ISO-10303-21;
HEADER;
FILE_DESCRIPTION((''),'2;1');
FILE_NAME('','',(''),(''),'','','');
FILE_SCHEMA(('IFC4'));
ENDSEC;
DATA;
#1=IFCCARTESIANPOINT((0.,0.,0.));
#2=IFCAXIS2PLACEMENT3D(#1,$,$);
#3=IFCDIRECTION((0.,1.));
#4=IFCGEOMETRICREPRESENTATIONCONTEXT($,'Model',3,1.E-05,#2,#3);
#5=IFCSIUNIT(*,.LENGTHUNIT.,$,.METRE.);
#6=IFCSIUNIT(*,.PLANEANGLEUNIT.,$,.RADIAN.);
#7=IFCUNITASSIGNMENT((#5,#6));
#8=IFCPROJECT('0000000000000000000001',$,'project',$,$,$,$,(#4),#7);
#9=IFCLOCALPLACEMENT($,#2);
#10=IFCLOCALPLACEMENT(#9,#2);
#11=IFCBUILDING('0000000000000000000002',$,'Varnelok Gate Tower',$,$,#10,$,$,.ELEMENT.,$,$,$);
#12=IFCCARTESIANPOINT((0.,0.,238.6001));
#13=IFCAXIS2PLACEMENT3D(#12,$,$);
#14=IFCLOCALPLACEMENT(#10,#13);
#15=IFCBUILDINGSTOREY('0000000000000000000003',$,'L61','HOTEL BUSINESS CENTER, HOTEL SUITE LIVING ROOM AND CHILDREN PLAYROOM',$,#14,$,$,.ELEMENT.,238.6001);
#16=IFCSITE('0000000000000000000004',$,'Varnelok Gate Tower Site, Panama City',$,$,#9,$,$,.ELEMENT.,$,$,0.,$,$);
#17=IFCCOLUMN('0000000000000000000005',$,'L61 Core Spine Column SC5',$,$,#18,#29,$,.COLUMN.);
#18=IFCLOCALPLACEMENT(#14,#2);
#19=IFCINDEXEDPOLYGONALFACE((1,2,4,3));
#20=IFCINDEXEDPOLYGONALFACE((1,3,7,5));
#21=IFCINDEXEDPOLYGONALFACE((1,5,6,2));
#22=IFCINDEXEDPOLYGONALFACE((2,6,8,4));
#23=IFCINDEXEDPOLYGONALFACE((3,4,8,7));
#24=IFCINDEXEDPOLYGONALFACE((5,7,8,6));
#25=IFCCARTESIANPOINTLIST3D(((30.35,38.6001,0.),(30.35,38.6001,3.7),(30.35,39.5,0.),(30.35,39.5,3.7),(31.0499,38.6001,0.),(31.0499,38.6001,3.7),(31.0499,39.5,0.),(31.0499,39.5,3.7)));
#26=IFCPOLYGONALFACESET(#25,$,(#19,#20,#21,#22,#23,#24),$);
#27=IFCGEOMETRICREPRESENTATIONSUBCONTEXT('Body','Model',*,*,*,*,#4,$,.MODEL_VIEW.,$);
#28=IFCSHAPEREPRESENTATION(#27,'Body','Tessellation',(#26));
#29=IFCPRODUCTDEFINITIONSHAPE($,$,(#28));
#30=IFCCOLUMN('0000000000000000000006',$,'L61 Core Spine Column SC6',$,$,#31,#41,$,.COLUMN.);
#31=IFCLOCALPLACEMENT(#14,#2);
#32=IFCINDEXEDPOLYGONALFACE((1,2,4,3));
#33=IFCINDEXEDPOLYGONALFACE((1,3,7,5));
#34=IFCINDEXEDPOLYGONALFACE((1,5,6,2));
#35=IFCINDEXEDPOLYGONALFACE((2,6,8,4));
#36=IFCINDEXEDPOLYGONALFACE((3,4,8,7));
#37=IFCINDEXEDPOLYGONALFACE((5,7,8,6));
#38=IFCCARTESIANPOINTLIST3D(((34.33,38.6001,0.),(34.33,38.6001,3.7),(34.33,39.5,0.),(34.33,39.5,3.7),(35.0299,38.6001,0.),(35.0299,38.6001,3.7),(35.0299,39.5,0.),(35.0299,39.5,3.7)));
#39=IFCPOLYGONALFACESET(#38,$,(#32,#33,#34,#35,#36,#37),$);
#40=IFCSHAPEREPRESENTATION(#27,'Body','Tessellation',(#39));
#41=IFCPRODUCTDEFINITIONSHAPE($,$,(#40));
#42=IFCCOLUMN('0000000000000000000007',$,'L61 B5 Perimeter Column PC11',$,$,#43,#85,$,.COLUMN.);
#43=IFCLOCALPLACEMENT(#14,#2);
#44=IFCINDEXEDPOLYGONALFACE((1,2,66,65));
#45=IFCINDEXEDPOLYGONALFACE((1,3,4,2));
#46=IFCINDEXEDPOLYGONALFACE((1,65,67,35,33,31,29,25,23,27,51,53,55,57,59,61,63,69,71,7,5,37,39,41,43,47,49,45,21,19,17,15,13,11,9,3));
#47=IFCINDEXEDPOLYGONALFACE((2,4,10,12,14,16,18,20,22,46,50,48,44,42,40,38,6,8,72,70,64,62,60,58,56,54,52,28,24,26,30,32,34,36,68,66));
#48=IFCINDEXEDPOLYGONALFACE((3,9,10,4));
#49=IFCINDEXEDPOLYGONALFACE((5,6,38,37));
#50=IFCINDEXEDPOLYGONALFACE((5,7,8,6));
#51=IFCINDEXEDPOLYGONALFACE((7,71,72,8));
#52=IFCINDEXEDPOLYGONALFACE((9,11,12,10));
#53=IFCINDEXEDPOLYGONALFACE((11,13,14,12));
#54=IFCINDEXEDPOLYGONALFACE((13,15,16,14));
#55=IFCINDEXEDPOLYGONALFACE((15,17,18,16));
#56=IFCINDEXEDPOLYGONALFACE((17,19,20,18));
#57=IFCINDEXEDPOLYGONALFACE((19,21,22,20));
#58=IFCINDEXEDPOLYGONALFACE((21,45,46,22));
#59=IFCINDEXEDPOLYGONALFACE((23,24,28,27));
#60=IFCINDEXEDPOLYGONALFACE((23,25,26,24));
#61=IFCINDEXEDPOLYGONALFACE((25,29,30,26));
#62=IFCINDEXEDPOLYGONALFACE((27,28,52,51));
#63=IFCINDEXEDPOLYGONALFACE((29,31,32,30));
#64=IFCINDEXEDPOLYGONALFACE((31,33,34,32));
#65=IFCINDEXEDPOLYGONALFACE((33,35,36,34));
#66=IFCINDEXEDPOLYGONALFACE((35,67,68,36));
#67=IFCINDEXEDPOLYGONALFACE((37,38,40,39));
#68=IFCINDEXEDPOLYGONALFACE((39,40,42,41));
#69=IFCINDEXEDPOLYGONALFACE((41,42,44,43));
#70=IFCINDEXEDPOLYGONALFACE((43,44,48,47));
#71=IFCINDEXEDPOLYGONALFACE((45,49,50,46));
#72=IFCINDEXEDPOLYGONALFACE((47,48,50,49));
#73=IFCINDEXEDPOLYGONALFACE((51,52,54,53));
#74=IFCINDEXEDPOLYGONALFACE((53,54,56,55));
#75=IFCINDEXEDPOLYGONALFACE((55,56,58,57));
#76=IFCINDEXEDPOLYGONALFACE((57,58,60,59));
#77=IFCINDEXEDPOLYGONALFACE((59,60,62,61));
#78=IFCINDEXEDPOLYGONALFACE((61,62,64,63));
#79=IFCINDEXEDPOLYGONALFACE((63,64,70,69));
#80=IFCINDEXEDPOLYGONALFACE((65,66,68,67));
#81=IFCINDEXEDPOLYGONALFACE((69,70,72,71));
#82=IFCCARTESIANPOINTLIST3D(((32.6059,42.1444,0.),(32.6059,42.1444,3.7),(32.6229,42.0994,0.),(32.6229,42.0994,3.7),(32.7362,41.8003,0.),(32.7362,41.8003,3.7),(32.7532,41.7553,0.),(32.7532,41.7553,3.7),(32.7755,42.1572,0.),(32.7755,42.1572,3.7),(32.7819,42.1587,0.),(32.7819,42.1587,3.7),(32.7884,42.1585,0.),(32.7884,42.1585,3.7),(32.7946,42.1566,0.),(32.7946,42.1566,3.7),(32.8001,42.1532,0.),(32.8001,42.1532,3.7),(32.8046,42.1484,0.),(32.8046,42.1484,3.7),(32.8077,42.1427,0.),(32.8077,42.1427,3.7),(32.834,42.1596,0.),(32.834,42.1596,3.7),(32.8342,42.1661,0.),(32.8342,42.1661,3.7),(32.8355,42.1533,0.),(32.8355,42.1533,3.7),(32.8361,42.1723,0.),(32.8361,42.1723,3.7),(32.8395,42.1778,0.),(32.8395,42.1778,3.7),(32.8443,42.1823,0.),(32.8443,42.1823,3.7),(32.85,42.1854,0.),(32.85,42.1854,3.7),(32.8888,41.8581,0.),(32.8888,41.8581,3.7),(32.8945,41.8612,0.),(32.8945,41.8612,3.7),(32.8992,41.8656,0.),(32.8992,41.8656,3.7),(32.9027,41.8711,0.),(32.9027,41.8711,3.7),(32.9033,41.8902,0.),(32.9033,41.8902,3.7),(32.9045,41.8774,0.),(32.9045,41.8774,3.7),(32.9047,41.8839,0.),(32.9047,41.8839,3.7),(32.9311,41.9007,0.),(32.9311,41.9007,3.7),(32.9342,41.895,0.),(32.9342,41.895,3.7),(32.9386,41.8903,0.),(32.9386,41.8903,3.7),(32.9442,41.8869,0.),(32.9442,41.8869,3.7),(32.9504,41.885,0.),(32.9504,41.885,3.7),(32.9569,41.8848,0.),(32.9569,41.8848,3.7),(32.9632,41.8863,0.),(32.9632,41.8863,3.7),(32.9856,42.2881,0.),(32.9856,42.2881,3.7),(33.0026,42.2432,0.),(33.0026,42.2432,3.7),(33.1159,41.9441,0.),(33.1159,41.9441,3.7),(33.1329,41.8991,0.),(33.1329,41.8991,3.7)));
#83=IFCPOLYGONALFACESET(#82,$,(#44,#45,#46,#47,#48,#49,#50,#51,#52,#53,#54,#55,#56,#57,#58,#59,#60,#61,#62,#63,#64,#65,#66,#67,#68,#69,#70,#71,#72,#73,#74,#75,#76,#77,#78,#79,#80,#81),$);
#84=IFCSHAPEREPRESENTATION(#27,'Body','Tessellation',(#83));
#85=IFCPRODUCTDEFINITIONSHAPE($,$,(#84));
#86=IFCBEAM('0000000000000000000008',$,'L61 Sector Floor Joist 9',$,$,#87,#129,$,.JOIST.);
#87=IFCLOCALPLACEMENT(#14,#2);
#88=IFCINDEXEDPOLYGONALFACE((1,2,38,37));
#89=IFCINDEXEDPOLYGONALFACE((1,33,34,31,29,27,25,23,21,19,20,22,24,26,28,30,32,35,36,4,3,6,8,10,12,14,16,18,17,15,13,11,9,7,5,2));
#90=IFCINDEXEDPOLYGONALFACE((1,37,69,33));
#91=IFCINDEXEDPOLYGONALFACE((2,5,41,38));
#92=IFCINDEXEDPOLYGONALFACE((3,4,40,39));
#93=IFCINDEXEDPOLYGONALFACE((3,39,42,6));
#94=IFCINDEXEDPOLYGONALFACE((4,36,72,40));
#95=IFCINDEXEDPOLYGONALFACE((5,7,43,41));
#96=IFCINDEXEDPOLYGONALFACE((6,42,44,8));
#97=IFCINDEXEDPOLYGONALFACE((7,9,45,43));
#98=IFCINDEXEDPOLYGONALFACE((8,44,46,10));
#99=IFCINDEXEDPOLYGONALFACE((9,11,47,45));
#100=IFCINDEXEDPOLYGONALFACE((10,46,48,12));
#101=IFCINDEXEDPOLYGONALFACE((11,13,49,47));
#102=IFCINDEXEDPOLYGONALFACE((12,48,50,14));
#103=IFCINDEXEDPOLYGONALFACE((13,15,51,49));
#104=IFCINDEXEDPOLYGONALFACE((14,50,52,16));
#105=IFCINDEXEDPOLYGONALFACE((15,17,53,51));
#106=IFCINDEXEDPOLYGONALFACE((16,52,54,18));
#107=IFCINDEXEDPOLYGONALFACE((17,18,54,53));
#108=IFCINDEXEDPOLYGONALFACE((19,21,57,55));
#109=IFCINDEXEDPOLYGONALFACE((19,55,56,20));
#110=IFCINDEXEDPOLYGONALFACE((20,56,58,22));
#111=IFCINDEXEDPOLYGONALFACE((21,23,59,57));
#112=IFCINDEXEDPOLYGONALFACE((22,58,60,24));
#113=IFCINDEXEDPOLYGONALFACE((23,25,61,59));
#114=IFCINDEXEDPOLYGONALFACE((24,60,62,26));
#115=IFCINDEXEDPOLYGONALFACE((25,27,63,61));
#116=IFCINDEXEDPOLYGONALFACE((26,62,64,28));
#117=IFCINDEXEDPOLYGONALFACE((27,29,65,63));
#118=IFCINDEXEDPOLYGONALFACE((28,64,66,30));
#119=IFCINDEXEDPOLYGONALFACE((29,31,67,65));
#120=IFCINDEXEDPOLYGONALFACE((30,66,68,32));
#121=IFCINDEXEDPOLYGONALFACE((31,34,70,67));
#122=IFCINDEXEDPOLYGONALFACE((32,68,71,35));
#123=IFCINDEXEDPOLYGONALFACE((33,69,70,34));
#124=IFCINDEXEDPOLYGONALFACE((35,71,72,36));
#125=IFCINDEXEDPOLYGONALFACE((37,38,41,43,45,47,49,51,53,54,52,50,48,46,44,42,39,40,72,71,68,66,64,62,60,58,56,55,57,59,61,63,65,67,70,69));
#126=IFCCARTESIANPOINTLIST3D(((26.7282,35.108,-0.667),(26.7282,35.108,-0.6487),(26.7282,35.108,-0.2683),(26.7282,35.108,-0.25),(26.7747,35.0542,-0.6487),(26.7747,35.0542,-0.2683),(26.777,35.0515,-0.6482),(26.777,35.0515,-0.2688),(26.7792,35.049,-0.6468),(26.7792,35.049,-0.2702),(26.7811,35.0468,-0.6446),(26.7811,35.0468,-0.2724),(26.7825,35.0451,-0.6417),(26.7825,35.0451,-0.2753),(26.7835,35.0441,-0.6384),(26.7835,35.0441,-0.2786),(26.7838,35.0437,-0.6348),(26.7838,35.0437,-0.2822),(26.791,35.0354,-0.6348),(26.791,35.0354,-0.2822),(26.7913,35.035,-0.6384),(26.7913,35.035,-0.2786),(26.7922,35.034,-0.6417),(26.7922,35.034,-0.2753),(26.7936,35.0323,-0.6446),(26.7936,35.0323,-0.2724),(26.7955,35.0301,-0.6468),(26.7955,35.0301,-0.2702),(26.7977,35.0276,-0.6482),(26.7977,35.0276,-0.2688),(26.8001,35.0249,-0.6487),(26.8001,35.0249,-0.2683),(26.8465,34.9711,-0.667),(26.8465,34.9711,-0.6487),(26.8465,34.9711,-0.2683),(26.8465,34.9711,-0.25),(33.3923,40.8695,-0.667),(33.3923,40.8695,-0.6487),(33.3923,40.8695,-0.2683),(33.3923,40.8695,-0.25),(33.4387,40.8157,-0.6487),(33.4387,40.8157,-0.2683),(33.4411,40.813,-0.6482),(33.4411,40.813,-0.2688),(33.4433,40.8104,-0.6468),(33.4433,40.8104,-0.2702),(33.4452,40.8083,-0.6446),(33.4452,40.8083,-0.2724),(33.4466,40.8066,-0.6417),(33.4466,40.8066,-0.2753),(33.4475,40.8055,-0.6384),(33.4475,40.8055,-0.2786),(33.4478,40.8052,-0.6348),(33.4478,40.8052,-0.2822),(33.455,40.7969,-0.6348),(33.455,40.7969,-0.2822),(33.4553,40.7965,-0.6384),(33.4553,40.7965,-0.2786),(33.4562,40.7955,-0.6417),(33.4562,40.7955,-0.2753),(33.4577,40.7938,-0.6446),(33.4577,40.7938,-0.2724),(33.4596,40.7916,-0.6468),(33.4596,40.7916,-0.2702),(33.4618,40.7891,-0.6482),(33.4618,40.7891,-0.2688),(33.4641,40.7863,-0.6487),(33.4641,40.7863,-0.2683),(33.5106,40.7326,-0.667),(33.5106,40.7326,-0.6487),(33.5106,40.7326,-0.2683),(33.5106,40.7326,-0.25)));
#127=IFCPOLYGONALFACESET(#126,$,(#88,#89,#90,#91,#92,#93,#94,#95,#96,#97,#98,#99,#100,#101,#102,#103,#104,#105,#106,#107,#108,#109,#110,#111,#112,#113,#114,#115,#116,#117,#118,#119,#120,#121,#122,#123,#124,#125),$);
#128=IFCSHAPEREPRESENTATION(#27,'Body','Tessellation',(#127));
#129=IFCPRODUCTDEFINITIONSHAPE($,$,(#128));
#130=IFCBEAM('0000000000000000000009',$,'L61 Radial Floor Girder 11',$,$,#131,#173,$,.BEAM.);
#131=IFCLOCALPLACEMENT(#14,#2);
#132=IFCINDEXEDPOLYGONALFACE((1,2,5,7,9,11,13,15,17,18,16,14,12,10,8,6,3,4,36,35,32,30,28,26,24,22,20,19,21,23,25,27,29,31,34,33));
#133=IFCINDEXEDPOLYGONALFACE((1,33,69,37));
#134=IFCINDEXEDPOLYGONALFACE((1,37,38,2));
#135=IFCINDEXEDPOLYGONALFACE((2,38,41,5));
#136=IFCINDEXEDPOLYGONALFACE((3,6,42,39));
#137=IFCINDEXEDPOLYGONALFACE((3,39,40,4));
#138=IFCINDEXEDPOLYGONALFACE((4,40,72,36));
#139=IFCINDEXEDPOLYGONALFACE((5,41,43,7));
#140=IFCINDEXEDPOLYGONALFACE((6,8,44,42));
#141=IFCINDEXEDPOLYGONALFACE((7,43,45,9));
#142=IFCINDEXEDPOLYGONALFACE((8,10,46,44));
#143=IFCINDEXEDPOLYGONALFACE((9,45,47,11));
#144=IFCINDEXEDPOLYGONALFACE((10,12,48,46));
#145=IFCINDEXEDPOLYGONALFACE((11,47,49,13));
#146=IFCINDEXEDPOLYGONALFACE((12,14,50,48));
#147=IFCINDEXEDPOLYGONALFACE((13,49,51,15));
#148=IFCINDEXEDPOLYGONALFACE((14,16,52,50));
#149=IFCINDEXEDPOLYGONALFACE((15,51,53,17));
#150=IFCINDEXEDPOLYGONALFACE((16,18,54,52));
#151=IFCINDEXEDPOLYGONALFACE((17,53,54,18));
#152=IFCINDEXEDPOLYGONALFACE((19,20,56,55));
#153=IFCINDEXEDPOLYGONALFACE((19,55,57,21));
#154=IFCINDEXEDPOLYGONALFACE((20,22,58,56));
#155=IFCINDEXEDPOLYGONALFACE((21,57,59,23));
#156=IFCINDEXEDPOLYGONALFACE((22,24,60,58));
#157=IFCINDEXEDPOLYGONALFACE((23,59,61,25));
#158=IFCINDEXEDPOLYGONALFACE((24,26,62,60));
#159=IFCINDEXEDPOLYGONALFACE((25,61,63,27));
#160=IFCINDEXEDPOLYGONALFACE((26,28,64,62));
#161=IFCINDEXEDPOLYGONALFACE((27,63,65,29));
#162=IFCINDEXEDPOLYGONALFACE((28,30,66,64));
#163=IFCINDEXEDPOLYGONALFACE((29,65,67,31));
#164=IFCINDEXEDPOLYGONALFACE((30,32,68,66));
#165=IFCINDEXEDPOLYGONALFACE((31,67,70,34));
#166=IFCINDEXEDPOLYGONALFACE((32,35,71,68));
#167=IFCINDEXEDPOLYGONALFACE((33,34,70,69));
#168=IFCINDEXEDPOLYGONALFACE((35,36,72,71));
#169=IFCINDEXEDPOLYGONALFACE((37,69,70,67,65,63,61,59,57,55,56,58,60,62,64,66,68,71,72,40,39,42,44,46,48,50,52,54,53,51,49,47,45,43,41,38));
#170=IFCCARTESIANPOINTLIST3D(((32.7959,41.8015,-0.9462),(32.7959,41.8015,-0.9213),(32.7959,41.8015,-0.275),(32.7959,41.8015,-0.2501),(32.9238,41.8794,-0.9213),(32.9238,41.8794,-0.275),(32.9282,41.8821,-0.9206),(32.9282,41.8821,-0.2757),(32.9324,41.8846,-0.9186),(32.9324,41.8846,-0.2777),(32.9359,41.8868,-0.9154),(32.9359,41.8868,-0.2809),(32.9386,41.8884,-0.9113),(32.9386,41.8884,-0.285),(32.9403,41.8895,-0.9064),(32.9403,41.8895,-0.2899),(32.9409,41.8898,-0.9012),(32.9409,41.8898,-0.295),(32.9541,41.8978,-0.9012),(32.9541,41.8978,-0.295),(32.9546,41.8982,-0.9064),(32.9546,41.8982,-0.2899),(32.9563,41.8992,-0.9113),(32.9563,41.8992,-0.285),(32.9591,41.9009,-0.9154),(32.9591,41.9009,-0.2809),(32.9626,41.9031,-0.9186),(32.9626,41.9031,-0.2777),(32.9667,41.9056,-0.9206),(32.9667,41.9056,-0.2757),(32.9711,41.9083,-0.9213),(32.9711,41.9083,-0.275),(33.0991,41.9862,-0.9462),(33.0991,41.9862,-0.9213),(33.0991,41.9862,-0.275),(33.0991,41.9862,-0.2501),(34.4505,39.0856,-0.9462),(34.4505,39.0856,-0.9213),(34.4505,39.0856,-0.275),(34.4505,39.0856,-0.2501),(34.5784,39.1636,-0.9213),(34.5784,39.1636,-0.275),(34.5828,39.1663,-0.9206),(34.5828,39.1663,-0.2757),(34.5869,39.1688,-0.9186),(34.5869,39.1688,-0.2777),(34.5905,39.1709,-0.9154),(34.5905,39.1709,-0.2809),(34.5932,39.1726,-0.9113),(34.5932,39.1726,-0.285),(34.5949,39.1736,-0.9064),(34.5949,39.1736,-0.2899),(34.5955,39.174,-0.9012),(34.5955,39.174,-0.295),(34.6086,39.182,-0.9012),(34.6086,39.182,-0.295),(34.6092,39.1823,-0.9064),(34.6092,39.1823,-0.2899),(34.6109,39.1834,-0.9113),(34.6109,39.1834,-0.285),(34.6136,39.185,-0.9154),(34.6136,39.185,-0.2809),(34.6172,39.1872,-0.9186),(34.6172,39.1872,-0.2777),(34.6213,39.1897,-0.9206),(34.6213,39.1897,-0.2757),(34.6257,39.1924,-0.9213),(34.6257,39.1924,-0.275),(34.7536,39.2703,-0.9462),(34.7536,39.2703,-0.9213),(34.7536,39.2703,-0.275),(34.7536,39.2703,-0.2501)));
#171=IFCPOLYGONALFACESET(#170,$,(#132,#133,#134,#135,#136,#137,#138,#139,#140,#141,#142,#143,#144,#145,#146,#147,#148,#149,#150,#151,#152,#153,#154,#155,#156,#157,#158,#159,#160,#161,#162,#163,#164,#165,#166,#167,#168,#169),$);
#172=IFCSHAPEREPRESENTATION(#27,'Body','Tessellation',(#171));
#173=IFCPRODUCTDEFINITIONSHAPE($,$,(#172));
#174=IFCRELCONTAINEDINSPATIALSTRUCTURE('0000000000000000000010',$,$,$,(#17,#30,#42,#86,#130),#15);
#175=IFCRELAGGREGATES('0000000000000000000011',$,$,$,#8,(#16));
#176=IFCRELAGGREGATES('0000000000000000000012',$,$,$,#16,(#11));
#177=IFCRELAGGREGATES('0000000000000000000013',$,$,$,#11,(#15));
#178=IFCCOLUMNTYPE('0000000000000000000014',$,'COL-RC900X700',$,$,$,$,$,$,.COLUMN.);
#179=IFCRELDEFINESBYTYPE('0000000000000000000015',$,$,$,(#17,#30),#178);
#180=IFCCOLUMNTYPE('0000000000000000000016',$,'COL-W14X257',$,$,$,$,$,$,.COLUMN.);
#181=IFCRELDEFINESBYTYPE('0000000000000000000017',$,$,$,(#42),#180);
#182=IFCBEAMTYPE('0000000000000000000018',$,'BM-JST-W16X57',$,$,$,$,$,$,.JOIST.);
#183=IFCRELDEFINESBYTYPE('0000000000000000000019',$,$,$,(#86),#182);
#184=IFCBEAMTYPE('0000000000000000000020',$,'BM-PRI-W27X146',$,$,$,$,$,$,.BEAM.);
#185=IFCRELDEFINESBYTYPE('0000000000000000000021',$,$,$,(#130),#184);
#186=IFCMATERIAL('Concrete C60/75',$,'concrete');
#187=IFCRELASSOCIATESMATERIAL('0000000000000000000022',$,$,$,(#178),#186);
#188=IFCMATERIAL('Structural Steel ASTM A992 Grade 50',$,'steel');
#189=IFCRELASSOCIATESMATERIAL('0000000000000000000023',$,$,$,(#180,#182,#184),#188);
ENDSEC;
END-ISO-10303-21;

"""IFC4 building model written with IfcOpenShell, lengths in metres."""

from ifc_helpers import new_model, si_unit, direction, frame, origin, origin_2d, place, context, subcontext, project, spatial, rectangle, i_section, extrude, material, material_profile, profile_set, type_object, element, save


model = new_model("IFC4")

# Units and contexts
model_context = context("Model", 3, precision=1e-05, world=origin(), true_north=direction((0.0, 1.0)))
body_context = subcontext(model_context, "Body", "Model", "MODEL_VIEW")
ifc_project = project(units=[si_unit("LENGTHUNIT", "METRE"), si_unit("PLANEANGLEUNIT", "RADIAN")], contexts=[model_context])

# Site, building, storey
site_placement = place(None, origin())
site = spatial("IfcSite", under=ifc_project, at=site_placement, Name="Varnelok Gate Tower Site, Panama City", CompositionType="ELEMENT", RefElevation=0.0)
building_placement = place(site_placement, origin())
building = spatial("IfcBuilding", under=site, at=building_placement, Name="Varnelok Gate Tower", CompositionType="ELEMENT")
storey_placement = place(building_placement, frame((0.0, 0.0, 238.6001)))
storey = spatial("IfcBuildingStorey", under=building, at=storey_placement, Name="L61", Description="HOTEL BUSINESS CENTER, HOTEL SUITE LIVING ROOM AND CHILDREN PLAYROOM", CompositionType="ELEMENT", Elevation=238.6001)

# Columns
ifc_material_1 = material(Name="Concrete C60/75", Category="concrete")
ifc_material_profile_1 = material_profile(ifc_material_1, rectangle(XDim=0.7, YDim=0.8999, at=origin_2d()), Name="RC900X700")
ifc_profile_set_1 = profile_set([ifc_material_profile_1], Name="Concrete C60/75")
column_type_1 = type_object("IfcColumnType", Name="COL-RC900X700", PredefinedType="COLUMN", material=ifc_profile_set_1)
for number, where, z_axis, x_axis, name in (
    (1, (30.7, 39.05, 0.0), (0.0, 0.0, 1.0), (1.0, 0.0, 0.0), "L61 Core Spine Column SC5"),
    (2, (34.6799, 39.05, 0.0), (0.0, 0.0, 1.0), (1.0, 0.0, 0.0), "L61 Core Spine Column SC6"),
):
    element("IfcColumn", number, at=place(storey_placement, frame(where, z_axis=z_axis, x_axis=x_axis)), inside=storey, type_object=column_type_1, Name=name, PredefinedType="COLUMN", context=body_context, shape_type="SweptSolid", body=[
        extrude(rectangle(XDim=0.7, YDim=0.8999, at=origin_2d()), origin(), (0.0, 0.0, 1.0), 3.7),
    ])
ifc_material_2 = material(Name="Structural Steel ASTM A992 Grade 50", Category="steel")
ifc_material_profile_2 = material_profile(ifc_material_2, i_section(OverallWidth=0.406, OverallDepth=0.416, WebThickness=0.0298, FlangeThickness=0.0481, FilletRadius=0.0249, at=origin_2d()), Name="W14X257")
ifc_profile_set_2 = profile_set([ifc_material_profile_2], Name="Structural Steel ASTM A992 Grade 50")
column_type_2 = type_object("IfcColumnType", Name="COL-W14X257", PredefinedType="COLUMN", material=ifc_profile_set_2)
column_placement = place(storey_placement, frame((32.8694, 42.0217, 0.0), z_axis=(0.0, 0.0, 1.0), x_axis=(0.935222, 0.354063, 0.0)))
element("IfcColumn", 3, at=column_placement, inside=storey, type_object=column_type_2, Name="L61 B5 Perimeter Column PC11", PredefinedType="COLUMN", context=body_context, shape_type="SweptSolid", body=[
    extrude(i_section(OverallWidth=0.406, OverallDepth=0.416, WebThickness=0.0298, FlangeThickness=0.0481, FilletRadius=0.0249, at=origin_2d()), origin(), (0.0, 0.0, 1.0), 3.7),
])

# Beams
ifc_material_profile_3 = material_profile(ifc_material_2, i_section(OverallWidth=0.1809, OverallDepth=0.417, WebThickness=0.011, FlangeThickness=0.0183, FilletRadius=0.0139, at=origin_2d()), Name="W16X57")
ifc_profile_set_3 = profile_set([ifc_material_profile_3], Name="Structural Steel ASTM A992 Grade 50")
beam_type_1 = type_object("IfcBeamType", Name="BM-JST-W16X57", PredefinedType="JOIST", material=ifc_profile_set_3)
beam_1_placement = place(storey_placement, frame((33.4514, 40.801, -0.4585), z_axis=(-0.756478, -0.65402, 0.0), x_axis=(0.65402, -0.756478, 0.0)))
element("IfcBeam", 4, at=beam_1_placement, inside=storey, type_object=beam_type_1, Name="L61 Sector Floor Joist 9", PredefinedType="JOIST", context=body_context, shape_type="SweptSolid", body=[
    extrude(i_section(OverallWidth=0.1809, OverallDepth=0.417, WebThickness=0.011, FlangeThickness=0.0183, FilletRadius=0.0139, at=origin_2d()), origin(), (0.0, 0.0, 1.0), 8.8093),
])
ifc_material_profile_4 = material_profile(ifc_material_2, i_section(OverallWidth=0.355, OverallDepth=0.696, WebThickness=0.0154, FlangeThickness=0.0249, FilletRadius=0.02, at=origin_2d()), Name="W27X146")
ifc_profile_set_4 = profile_set([ifc_material_profile_4], Name="Structural Steel ASTM A992 Grade 50")
beam_type_2 = type_object("IfcBeamType", Name="BM-PRI-W27X146", PredefinedType="BEAM", material=ifc_profile_set_4)
beam_2_placement = place(storey_placement, frame((34.6021, 39.178, -0.5981), z_axis=(-0.520276, 0.853998, 0.0), x_axis=(-0.853998, -0.520276, 0.0)))
element("IfcBeam", 5, at=beam_2_placement, inside=storey, type_object=beam_type_2, Name="L61 Radial Floor Girder 11", PredefinedType="BEAM", context=body_context, shape_type="SweptSolid", body=[
    extrude(i_section(OverallWidth=0.355, OverallDepth=0.696, WebThickness=0.0154, FlangeThickness=0.0249, FilletRadius=0.02, at=origin_2d()), origin(), (0.0, 0.0, 1.0), 3.1802),
])

save(model, "model.ifc")
